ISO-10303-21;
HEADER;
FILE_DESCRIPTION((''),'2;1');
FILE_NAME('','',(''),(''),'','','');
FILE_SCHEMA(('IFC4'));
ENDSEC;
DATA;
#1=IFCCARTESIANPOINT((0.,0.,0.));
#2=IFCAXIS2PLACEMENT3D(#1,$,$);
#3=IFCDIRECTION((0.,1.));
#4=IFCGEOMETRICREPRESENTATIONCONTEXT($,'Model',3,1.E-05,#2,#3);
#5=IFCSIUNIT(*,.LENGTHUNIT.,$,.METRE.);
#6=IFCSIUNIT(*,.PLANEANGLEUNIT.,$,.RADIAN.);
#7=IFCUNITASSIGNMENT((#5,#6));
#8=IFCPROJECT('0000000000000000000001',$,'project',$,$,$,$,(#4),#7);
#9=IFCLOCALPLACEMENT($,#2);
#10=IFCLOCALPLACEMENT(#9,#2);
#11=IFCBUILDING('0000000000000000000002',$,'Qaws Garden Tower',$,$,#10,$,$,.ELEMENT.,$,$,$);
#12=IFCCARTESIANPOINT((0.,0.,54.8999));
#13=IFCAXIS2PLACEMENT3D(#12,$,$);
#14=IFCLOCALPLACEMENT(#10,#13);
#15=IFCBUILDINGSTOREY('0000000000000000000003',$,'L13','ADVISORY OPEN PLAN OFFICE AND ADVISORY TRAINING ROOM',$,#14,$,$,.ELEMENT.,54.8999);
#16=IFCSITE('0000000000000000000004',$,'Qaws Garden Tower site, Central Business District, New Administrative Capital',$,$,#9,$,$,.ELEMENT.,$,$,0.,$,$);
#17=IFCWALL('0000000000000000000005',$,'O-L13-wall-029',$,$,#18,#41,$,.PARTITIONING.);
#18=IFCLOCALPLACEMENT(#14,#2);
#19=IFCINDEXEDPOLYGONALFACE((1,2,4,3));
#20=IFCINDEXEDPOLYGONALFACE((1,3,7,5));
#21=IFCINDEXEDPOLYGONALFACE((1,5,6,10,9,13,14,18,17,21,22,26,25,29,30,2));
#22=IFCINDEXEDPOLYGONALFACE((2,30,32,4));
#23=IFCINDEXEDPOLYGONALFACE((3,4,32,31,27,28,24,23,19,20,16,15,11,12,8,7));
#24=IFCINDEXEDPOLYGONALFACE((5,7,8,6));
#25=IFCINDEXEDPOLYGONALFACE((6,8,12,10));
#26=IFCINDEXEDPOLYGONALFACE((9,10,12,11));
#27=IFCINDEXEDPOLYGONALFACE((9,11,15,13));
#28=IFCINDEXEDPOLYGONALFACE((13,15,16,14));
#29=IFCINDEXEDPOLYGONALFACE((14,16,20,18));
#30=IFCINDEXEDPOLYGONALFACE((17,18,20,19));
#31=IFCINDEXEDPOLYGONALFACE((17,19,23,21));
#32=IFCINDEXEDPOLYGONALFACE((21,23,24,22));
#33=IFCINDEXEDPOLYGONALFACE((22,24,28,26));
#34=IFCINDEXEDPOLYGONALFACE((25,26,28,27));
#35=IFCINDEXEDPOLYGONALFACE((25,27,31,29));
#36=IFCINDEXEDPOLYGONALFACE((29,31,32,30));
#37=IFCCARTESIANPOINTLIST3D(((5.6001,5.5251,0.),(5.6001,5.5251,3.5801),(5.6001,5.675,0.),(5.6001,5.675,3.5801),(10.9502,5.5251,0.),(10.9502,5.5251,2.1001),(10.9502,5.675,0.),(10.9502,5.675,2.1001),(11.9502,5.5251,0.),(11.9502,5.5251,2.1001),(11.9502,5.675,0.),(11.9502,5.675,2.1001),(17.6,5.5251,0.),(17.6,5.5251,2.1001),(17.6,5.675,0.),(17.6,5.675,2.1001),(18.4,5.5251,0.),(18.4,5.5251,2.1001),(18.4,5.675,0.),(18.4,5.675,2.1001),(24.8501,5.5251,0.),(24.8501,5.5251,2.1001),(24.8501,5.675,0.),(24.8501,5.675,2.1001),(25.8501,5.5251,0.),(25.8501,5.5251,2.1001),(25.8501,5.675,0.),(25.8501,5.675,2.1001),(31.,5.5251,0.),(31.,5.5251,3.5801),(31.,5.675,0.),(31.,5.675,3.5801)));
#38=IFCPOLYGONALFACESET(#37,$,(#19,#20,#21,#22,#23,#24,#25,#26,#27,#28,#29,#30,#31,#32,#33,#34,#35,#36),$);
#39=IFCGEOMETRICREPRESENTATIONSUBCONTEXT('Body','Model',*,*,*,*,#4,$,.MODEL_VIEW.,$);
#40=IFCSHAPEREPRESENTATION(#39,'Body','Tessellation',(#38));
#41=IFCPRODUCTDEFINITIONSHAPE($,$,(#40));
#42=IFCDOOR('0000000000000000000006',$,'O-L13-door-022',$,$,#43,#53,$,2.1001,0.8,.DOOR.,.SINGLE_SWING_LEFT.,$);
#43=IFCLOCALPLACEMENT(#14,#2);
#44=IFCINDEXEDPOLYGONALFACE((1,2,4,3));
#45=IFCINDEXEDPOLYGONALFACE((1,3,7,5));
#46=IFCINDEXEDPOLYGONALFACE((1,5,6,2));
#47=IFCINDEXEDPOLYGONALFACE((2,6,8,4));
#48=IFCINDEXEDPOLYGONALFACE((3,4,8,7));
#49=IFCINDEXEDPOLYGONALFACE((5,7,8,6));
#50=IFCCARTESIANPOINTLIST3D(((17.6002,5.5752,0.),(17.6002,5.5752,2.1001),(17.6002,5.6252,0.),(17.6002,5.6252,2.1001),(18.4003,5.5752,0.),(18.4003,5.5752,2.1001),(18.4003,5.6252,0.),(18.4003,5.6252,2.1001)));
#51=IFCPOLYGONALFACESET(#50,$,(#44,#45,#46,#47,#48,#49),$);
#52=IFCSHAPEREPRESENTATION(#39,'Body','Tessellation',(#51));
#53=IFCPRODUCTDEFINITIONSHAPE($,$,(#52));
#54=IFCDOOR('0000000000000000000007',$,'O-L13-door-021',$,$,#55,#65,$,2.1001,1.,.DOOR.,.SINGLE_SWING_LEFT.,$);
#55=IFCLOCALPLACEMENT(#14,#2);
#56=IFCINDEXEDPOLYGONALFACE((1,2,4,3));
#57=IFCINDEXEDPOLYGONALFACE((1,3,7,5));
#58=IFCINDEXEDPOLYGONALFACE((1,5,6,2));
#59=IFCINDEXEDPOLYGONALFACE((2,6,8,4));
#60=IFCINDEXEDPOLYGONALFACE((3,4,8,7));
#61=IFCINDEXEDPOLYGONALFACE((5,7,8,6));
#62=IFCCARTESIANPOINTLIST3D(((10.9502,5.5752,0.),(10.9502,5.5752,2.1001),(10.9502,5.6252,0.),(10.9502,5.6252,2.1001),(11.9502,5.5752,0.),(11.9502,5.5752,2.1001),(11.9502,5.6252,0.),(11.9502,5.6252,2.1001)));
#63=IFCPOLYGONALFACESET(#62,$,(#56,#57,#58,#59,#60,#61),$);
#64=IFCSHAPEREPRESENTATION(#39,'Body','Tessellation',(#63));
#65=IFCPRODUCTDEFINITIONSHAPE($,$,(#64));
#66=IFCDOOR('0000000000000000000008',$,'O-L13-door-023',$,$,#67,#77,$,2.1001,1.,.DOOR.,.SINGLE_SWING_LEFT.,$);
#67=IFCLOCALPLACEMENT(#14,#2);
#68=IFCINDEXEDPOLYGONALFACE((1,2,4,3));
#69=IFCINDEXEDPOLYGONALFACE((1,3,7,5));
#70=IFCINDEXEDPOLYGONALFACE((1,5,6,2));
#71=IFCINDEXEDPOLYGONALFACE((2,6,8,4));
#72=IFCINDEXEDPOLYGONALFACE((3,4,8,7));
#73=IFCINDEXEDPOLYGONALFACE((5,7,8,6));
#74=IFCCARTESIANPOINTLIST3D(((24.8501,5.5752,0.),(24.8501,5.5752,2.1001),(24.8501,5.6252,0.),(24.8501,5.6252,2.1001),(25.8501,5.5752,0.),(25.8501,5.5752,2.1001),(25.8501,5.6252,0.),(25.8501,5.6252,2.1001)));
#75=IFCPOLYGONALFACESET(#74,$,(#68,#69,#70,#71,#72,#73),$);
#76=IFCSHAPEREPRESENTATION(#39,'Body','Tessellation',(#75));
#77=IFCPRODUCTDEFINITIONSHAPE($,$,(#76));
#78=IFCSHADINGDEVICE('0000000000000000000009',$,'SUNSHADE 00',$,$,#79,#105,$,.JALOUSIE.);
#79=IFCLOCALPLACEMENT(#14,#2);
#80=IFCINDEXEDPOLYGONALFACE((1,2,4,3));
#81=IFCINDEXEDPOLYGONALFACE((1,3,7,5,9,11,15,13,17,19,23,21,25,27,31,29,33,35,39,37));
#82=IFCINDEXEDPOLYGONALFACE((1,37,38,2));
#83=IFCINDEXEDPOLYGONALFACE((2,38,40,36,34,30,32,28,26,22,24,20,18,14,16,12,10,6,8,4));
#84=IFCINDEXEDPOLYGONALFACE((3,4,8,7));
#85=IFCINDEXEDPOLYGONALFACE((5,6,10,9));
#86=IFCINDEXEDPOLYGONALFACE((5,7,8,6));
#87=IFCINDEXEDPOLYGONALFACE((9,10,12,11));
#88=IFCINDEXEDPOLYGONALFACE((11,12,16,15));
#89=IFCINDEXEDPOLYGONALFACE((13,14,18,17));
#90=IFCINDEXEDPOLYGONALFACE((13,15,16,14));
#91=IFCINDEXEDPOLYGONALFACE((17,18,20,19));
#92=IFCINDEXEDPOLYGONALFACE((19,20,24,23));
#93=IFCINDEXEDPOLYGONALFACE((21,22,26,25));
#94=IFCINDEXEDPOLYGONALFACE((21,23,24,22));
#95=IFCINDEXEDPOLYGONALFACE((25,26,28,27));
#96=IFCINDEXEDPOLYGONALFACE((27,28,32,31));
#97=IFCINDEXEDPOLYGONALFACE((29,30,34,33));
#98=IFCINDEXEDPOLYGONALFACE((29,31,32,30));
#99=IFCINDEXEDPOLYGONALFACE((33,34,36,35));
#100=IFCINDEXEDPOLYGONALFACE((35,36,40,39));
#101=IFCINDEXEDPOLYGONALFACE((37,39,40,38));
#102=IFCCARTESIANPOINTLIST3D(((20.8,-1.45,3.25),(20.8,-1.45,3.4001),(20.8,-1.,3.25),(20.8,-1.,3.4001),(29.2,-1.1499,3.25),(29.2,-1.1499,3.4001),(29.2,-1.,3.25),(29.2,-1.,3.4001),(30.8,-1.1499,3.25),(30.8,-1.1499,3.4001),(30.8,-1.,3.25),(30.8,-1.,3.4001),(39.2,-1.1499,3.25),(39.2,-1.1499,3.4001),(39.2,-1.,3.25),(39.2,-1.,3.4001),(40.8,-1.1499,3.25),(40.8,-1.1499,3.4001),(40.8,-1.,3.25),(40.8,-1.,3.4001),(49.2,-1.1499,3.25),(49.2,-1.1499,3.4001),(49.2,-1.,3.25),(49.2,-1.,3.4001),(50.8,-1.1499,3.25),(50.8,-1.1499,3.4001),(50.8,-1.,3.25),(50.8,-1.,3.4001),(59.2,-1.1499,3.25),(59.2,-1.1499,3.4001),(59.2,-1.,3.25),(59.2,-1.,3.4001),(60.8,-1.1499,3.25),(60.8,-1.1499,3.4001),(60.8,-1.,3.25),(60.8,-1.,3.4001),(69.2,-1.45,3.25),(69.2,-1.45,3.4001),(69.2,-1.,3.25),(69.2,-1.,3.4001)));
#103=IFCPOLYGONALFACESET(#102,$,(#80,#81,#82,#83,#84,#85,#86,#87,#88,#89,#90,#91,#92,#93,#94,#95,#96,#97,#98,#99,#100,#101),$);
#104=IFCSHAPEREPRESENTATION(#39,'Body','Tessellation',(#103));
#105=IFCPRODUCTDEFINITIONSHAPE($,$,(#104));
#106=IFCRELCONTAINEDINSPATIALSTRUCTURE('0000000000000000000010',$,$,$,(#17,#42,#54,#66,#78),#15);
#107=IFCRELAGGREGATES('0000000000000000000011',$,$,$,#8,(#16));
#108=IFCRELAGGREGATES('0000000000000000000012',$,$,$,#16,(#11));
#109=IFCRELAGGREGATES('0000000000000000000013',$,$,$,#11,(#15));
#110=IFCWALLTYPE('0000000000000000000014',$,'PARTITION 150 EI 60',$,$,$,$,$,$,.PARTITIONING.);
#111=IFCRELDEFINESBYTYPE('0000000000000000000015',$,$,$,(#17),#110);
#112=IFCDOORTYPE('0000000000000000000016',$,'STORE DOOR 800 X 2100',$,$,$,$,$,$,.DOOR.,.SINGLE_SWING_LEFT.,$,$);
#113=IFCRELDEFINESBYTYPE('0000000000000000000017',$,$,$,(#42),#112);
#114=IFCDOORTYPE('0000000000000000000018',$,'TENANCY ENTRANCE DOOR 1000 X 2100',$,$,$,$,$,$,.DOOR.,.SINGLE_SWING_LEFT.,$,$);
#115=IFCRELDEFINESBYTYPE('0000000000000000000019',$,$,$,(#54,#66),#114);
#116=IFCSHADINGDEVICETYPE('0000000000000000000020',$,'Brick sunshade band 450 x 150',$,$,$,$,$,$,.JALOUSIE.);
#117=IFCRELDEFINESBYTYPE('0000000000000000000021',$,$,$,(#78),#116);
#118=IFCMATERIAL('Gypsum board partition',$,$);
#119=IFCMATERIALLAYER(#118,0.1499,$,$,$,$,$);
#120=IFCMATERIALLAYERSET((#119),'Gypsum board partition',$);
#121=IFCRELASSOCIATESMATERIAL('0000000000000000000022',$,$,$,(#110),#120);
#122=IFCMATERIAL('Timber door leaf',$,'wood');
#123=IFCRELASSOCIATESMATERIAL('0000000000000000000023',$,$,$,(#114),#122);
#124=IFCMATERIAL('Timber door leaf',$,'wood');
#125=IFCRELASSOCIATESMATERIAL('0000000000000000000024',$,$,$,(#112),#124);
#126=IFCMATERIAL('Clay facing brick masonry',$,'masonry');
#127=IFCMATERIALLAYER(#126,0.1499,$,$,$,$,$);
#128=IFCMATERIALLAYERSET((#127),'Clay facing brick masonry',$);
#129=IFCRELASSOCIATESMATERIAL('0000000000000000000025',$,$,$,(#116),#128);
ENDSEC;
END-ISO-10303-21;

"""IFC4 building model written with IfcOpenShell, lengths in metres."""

from ifc_helpers import new_model, si_unit, direction, frame, frame_2d, origin, place, context, subcontext, project, spatial, polyline, rectangle, outline, extrude, material, layer, layer_set, type_object, element, fill, save


model = new_model("IFC4")

# Units and contexts
model_context = context("Model", 3, precision=1e-05, world=origin(), true_north=direction((0.0, 1.0)))
body_context = subcontext(model_context, "Body", "Model", "MODEL_VIEW")
ifc_project = project(units=[si_unit("LENGTHUNIT", "METRE"), si_unit("PLANEANGLEUNIT", "RADIAN")], contexts=[model_context])

# Site, building, storey
site_placement = place(None, origin())
site = spatial("IfcSite", under=ifc_project, at=site_placement, Name="Qaws Garden Tower site, Central Business District, New Administrative Capital", CompositionType="ELEMENT", RefElevation=0.0)
building_placement = place(site_placement, origin())
building = spatial("IfcBuilding", under=site, at=building_placement, Name="Qaws Garden Tower", CompositionType="ELEMENT")
storey_placement = place(building_placement, frame((0.0, 0.0, 54.8999)))
storey = spatial("IfcBuildingStorey", under=building, at=storey_placement, Name="L13", Description="ADVISORY OPEN PLAN OFFICE AND ADVISORY TRAINING ROOM", CompositionType="ELEMENT", Elevation=54.8999)

# Wall, openings, doors
ifc_material_1 = material(Name="Gypsum board partition")
ifc_layer_1 = layer(ifc_material_1, 0.1499)
ifc_layer_set_1 = layer_set([ifc_layer_1], Name="Gypsum board partition")
wall_type_1 = type_object("IfcWallType", Name="PARTITION 150 EI 60", PredefinedType="PARTITIONING", material=ifc_layer_set_1)
ifc_material_2 = material(Name="Timber door leaf", Category="wood")
door_type_1 = type_object("IfcDoorType", Name="TENANCY ENTRANCE DOOR 1000 X 2100", OperationType="SINGLE_SWING_LEFT", PredefinedType="DOOR", material=ifc_material_2)
wall_1_placement = place(storey_placement, frame((5.6001, 5.6001, 0.0), z_axis=(0.0, 0.0, 1.0), x_axis=(1.0, 0.0, 0.0)))
wall_1 = element("IfcWall", 1, at=wall_1_placement, inside=storey, type_object=wall_type_1, Name="O-L13-wall-029", PredefinedType="PARTITIONING", context=body_context, shape_type="SweptSolid", body=[
    extrude(rectangle(XDim=25.3999, YDim=0.1499, at=frame_2d((12.7, 0.0))), origin(), (0.0, 0.0, 1.0), 3.5801),
])
opening_1_placement = place(wall_1_placement, frame((5.3501, 0.0, 0.0)))
opening_1 = element("IfcOpeningElement", 2, at=opening_1_placement, cuts=wall_1, PredefinedType="OPENING", context=body_context, shape_type="SweptSolid", body=[
    extrude(rectangle(XDim=1.0, YDim=2.1001, at=frame_2d((0.5, 1.05))), frame((0.0, 0.085, 0.0), z_axis=(0.0, -1.0, 0.0), x_axis=(1.0, 0.0, 0.0)), (0.0, 0.0, 1.0), 0.1699),
])
opening_2_placement = place(wall_1_placement, frame((12.0, 0.0, 0.0)))
opening_2 = element("IfcOpeningElement", 3, at=opening_2_placement, cuts=wall_1, PredefinedType="OPENING", context=body_context, shape_type="SweptSolid", body=[
    extrude(rectangle(XDim=0.8, YDim=2.1001, at=frame_2d((0.3999, 1.05))), frame((0.0, 0.085, 0.0), z_axis=(0.0, -1.0, 0.0), x_axis=(1.0, 0.0, 0.0)), (0.0, 0.0, 1.0), 0.1699),
])
opening_3_placement = place(wall_1_placement, frame((19.25, 0.0, 0.0)))
opening_3 = element("IfcOpeningElement", 4, at=opening_3_placement, cuts=wall_1, PredefinedType="OPENING", context=body_context, shape_type="SweptSolid", body=[
    extrude(rectangle(XDim=1.0, YDim=2.1001, at=frame_2d((0.5, 1.05))), frame((0.0, 0.085, 0.0), z_axis=(0.0, -1.0, 0.0), x_axis=(1.0, 0.0, 0.0)), (0.0, 0.0, 1.0), 0.1699),
])
ifc_material_3 = material(Name="Timber door leaf", Category="wood")
door_type_2 = type_object("IfcDoorType", Name="STORE DOOR 800 X 2100", OperationType="SINGLE_SWING_LEFT", PredefinedType="DOOR", material=ifc_material_3)
door_1_placement = place(opening_2_placement, frame((0.8, 0.0, 0.0), z_axis=(0.0, 0.0, 1.0), x_axis=(-1.0, 0.0, 0.0)))
door_1 = element("IfcDoor", 5, at=door_1_placement, inside=storey, type_object=door_type_2, Name="O-L13-door-022", OperationType="SINGLE_SWING_LEFT", OverallHeight=2.1001, OverallWidth=0.8, PredefinedType="DOOR", context=body_context, shape_type="SweptSolid", body=[
    extrude(rectangle(XDim=0.8, YDim=2.1001, at=frame_2d((0.3999, 1.05))), frame((0.0, 0.0249, 0.0), z_axis=(0.0, -1.0, 0.0), x_axis=(1.0, 0.0, 0.0)), (0.0, 0.0, 1.0), 0.05),
])
fill(opening_2, door_1)
door_2_placement = place(opening_1_placement, frame((1.0, 0.0, 0.0), z_axis=(0.0, 0.0, 1.0), x_axis=(-1.0, 0.0, 0.0)))
door_2 = element("IfcDoor", 6, at=door_2_placement, inside=storey, type_object=door_type_1, Name="O-L13-door-021", OperationType="SINGLE_SWING_LEFT", OverallHeight=2.1001, OverallWidth=1.0, PredefinedType="DOOR", context=body_context, shape_type="SweptSolid", body=[
    extrude(rectangle(XDim=1.0, YDim=2.1001, at=frame_2d((0.5, 1.05))), frame((0.0, 0.0249, 0.0), z_axis=(0.0, -1.0, 0.0), x_axis=(1.0, 0.0, 0.0)), (0.0, 0.0, 1.0), 0.05),
])
fill(opening_1, door_2)
door_3_placement = place(opening_3_placement, frame((1.0, 0.0, 0.0), z_axis=(0.0, 0.0, 1.0), x_axis=(-1.0, 0.0, 0.0)))
door_3 = element("IfcDoor", 7, at=door_3_placement, inside=storey, type_object=door_type_1, Name="O-L13-door-023", OperationType="SINGLE_SWING_LEFT", OverallHeight=2.1001, OverallWidth=1.0, PredefinedType="DOOR", context=body_context, shape_type="SweptSolid", body=[
    extrude(rectangle(XDim=1.0, YDim=2.1001, at=frame_2d((0.5, 1.05))), frame((0.0, 0.0249, 0.0), z_axis=(0.0, -1.0, 0.0), x_axis=(1.0, 0.0, 0.0)), (0.0, 0.0, 1.0), 0.05),
])
fill(opening_3, door_3)

# Shading device
ifc_material_4 = material(Name="Clay facing brick masonry", Category="masonry")
ifc_layer_2 = layer(ifc_material_4, 0.1499)
ifc_layer_set_2 = layer_set([ifc_layer_2], Name="Clay facing brick masonry")
shading_device_type = type_object("IfcShadingDeviceType", Name="Brick sunshade band 450 x 150", PredefinedType="JALOUSIE", material=ifc_layer_set_2)
shading_device_placement = place(storey_placement, frame((0.0, 0.0, 3.25)))
element("IfcShadingDevice", 8, at=shading_device_placement, inside=storey, type_object=shading_device_type, Name="SUNSHADE 00", PredefinedType="JALOUSIE", context=body_context, shape_type="SweptSolid", body=[
    extrude(outline(polyline([(20.8, -1.0), (20.8, -1.45), (69.2, -1.45), (69.2, -1.0), (60.8, -1.0), (60.8, -1.1499), (59.2, -1.1499), (59.2, -1.0), (50.8, -1.0), (50.8, -1.1499), (49.2, -1.1499), (49.2, -1.0), (40.8, -1.0), (40.8, -1.1499), (39.2, -1.1499), (39.2, -1.0), (30.8, -1.0), (30.8, -1.1499), (29.2, -1.1499), (29.2, -1.0), (20.8, -1.0)])), origin(), (0.0, 0.0, 1.0), 0.1501),
])

save(model, "model.ifc")
